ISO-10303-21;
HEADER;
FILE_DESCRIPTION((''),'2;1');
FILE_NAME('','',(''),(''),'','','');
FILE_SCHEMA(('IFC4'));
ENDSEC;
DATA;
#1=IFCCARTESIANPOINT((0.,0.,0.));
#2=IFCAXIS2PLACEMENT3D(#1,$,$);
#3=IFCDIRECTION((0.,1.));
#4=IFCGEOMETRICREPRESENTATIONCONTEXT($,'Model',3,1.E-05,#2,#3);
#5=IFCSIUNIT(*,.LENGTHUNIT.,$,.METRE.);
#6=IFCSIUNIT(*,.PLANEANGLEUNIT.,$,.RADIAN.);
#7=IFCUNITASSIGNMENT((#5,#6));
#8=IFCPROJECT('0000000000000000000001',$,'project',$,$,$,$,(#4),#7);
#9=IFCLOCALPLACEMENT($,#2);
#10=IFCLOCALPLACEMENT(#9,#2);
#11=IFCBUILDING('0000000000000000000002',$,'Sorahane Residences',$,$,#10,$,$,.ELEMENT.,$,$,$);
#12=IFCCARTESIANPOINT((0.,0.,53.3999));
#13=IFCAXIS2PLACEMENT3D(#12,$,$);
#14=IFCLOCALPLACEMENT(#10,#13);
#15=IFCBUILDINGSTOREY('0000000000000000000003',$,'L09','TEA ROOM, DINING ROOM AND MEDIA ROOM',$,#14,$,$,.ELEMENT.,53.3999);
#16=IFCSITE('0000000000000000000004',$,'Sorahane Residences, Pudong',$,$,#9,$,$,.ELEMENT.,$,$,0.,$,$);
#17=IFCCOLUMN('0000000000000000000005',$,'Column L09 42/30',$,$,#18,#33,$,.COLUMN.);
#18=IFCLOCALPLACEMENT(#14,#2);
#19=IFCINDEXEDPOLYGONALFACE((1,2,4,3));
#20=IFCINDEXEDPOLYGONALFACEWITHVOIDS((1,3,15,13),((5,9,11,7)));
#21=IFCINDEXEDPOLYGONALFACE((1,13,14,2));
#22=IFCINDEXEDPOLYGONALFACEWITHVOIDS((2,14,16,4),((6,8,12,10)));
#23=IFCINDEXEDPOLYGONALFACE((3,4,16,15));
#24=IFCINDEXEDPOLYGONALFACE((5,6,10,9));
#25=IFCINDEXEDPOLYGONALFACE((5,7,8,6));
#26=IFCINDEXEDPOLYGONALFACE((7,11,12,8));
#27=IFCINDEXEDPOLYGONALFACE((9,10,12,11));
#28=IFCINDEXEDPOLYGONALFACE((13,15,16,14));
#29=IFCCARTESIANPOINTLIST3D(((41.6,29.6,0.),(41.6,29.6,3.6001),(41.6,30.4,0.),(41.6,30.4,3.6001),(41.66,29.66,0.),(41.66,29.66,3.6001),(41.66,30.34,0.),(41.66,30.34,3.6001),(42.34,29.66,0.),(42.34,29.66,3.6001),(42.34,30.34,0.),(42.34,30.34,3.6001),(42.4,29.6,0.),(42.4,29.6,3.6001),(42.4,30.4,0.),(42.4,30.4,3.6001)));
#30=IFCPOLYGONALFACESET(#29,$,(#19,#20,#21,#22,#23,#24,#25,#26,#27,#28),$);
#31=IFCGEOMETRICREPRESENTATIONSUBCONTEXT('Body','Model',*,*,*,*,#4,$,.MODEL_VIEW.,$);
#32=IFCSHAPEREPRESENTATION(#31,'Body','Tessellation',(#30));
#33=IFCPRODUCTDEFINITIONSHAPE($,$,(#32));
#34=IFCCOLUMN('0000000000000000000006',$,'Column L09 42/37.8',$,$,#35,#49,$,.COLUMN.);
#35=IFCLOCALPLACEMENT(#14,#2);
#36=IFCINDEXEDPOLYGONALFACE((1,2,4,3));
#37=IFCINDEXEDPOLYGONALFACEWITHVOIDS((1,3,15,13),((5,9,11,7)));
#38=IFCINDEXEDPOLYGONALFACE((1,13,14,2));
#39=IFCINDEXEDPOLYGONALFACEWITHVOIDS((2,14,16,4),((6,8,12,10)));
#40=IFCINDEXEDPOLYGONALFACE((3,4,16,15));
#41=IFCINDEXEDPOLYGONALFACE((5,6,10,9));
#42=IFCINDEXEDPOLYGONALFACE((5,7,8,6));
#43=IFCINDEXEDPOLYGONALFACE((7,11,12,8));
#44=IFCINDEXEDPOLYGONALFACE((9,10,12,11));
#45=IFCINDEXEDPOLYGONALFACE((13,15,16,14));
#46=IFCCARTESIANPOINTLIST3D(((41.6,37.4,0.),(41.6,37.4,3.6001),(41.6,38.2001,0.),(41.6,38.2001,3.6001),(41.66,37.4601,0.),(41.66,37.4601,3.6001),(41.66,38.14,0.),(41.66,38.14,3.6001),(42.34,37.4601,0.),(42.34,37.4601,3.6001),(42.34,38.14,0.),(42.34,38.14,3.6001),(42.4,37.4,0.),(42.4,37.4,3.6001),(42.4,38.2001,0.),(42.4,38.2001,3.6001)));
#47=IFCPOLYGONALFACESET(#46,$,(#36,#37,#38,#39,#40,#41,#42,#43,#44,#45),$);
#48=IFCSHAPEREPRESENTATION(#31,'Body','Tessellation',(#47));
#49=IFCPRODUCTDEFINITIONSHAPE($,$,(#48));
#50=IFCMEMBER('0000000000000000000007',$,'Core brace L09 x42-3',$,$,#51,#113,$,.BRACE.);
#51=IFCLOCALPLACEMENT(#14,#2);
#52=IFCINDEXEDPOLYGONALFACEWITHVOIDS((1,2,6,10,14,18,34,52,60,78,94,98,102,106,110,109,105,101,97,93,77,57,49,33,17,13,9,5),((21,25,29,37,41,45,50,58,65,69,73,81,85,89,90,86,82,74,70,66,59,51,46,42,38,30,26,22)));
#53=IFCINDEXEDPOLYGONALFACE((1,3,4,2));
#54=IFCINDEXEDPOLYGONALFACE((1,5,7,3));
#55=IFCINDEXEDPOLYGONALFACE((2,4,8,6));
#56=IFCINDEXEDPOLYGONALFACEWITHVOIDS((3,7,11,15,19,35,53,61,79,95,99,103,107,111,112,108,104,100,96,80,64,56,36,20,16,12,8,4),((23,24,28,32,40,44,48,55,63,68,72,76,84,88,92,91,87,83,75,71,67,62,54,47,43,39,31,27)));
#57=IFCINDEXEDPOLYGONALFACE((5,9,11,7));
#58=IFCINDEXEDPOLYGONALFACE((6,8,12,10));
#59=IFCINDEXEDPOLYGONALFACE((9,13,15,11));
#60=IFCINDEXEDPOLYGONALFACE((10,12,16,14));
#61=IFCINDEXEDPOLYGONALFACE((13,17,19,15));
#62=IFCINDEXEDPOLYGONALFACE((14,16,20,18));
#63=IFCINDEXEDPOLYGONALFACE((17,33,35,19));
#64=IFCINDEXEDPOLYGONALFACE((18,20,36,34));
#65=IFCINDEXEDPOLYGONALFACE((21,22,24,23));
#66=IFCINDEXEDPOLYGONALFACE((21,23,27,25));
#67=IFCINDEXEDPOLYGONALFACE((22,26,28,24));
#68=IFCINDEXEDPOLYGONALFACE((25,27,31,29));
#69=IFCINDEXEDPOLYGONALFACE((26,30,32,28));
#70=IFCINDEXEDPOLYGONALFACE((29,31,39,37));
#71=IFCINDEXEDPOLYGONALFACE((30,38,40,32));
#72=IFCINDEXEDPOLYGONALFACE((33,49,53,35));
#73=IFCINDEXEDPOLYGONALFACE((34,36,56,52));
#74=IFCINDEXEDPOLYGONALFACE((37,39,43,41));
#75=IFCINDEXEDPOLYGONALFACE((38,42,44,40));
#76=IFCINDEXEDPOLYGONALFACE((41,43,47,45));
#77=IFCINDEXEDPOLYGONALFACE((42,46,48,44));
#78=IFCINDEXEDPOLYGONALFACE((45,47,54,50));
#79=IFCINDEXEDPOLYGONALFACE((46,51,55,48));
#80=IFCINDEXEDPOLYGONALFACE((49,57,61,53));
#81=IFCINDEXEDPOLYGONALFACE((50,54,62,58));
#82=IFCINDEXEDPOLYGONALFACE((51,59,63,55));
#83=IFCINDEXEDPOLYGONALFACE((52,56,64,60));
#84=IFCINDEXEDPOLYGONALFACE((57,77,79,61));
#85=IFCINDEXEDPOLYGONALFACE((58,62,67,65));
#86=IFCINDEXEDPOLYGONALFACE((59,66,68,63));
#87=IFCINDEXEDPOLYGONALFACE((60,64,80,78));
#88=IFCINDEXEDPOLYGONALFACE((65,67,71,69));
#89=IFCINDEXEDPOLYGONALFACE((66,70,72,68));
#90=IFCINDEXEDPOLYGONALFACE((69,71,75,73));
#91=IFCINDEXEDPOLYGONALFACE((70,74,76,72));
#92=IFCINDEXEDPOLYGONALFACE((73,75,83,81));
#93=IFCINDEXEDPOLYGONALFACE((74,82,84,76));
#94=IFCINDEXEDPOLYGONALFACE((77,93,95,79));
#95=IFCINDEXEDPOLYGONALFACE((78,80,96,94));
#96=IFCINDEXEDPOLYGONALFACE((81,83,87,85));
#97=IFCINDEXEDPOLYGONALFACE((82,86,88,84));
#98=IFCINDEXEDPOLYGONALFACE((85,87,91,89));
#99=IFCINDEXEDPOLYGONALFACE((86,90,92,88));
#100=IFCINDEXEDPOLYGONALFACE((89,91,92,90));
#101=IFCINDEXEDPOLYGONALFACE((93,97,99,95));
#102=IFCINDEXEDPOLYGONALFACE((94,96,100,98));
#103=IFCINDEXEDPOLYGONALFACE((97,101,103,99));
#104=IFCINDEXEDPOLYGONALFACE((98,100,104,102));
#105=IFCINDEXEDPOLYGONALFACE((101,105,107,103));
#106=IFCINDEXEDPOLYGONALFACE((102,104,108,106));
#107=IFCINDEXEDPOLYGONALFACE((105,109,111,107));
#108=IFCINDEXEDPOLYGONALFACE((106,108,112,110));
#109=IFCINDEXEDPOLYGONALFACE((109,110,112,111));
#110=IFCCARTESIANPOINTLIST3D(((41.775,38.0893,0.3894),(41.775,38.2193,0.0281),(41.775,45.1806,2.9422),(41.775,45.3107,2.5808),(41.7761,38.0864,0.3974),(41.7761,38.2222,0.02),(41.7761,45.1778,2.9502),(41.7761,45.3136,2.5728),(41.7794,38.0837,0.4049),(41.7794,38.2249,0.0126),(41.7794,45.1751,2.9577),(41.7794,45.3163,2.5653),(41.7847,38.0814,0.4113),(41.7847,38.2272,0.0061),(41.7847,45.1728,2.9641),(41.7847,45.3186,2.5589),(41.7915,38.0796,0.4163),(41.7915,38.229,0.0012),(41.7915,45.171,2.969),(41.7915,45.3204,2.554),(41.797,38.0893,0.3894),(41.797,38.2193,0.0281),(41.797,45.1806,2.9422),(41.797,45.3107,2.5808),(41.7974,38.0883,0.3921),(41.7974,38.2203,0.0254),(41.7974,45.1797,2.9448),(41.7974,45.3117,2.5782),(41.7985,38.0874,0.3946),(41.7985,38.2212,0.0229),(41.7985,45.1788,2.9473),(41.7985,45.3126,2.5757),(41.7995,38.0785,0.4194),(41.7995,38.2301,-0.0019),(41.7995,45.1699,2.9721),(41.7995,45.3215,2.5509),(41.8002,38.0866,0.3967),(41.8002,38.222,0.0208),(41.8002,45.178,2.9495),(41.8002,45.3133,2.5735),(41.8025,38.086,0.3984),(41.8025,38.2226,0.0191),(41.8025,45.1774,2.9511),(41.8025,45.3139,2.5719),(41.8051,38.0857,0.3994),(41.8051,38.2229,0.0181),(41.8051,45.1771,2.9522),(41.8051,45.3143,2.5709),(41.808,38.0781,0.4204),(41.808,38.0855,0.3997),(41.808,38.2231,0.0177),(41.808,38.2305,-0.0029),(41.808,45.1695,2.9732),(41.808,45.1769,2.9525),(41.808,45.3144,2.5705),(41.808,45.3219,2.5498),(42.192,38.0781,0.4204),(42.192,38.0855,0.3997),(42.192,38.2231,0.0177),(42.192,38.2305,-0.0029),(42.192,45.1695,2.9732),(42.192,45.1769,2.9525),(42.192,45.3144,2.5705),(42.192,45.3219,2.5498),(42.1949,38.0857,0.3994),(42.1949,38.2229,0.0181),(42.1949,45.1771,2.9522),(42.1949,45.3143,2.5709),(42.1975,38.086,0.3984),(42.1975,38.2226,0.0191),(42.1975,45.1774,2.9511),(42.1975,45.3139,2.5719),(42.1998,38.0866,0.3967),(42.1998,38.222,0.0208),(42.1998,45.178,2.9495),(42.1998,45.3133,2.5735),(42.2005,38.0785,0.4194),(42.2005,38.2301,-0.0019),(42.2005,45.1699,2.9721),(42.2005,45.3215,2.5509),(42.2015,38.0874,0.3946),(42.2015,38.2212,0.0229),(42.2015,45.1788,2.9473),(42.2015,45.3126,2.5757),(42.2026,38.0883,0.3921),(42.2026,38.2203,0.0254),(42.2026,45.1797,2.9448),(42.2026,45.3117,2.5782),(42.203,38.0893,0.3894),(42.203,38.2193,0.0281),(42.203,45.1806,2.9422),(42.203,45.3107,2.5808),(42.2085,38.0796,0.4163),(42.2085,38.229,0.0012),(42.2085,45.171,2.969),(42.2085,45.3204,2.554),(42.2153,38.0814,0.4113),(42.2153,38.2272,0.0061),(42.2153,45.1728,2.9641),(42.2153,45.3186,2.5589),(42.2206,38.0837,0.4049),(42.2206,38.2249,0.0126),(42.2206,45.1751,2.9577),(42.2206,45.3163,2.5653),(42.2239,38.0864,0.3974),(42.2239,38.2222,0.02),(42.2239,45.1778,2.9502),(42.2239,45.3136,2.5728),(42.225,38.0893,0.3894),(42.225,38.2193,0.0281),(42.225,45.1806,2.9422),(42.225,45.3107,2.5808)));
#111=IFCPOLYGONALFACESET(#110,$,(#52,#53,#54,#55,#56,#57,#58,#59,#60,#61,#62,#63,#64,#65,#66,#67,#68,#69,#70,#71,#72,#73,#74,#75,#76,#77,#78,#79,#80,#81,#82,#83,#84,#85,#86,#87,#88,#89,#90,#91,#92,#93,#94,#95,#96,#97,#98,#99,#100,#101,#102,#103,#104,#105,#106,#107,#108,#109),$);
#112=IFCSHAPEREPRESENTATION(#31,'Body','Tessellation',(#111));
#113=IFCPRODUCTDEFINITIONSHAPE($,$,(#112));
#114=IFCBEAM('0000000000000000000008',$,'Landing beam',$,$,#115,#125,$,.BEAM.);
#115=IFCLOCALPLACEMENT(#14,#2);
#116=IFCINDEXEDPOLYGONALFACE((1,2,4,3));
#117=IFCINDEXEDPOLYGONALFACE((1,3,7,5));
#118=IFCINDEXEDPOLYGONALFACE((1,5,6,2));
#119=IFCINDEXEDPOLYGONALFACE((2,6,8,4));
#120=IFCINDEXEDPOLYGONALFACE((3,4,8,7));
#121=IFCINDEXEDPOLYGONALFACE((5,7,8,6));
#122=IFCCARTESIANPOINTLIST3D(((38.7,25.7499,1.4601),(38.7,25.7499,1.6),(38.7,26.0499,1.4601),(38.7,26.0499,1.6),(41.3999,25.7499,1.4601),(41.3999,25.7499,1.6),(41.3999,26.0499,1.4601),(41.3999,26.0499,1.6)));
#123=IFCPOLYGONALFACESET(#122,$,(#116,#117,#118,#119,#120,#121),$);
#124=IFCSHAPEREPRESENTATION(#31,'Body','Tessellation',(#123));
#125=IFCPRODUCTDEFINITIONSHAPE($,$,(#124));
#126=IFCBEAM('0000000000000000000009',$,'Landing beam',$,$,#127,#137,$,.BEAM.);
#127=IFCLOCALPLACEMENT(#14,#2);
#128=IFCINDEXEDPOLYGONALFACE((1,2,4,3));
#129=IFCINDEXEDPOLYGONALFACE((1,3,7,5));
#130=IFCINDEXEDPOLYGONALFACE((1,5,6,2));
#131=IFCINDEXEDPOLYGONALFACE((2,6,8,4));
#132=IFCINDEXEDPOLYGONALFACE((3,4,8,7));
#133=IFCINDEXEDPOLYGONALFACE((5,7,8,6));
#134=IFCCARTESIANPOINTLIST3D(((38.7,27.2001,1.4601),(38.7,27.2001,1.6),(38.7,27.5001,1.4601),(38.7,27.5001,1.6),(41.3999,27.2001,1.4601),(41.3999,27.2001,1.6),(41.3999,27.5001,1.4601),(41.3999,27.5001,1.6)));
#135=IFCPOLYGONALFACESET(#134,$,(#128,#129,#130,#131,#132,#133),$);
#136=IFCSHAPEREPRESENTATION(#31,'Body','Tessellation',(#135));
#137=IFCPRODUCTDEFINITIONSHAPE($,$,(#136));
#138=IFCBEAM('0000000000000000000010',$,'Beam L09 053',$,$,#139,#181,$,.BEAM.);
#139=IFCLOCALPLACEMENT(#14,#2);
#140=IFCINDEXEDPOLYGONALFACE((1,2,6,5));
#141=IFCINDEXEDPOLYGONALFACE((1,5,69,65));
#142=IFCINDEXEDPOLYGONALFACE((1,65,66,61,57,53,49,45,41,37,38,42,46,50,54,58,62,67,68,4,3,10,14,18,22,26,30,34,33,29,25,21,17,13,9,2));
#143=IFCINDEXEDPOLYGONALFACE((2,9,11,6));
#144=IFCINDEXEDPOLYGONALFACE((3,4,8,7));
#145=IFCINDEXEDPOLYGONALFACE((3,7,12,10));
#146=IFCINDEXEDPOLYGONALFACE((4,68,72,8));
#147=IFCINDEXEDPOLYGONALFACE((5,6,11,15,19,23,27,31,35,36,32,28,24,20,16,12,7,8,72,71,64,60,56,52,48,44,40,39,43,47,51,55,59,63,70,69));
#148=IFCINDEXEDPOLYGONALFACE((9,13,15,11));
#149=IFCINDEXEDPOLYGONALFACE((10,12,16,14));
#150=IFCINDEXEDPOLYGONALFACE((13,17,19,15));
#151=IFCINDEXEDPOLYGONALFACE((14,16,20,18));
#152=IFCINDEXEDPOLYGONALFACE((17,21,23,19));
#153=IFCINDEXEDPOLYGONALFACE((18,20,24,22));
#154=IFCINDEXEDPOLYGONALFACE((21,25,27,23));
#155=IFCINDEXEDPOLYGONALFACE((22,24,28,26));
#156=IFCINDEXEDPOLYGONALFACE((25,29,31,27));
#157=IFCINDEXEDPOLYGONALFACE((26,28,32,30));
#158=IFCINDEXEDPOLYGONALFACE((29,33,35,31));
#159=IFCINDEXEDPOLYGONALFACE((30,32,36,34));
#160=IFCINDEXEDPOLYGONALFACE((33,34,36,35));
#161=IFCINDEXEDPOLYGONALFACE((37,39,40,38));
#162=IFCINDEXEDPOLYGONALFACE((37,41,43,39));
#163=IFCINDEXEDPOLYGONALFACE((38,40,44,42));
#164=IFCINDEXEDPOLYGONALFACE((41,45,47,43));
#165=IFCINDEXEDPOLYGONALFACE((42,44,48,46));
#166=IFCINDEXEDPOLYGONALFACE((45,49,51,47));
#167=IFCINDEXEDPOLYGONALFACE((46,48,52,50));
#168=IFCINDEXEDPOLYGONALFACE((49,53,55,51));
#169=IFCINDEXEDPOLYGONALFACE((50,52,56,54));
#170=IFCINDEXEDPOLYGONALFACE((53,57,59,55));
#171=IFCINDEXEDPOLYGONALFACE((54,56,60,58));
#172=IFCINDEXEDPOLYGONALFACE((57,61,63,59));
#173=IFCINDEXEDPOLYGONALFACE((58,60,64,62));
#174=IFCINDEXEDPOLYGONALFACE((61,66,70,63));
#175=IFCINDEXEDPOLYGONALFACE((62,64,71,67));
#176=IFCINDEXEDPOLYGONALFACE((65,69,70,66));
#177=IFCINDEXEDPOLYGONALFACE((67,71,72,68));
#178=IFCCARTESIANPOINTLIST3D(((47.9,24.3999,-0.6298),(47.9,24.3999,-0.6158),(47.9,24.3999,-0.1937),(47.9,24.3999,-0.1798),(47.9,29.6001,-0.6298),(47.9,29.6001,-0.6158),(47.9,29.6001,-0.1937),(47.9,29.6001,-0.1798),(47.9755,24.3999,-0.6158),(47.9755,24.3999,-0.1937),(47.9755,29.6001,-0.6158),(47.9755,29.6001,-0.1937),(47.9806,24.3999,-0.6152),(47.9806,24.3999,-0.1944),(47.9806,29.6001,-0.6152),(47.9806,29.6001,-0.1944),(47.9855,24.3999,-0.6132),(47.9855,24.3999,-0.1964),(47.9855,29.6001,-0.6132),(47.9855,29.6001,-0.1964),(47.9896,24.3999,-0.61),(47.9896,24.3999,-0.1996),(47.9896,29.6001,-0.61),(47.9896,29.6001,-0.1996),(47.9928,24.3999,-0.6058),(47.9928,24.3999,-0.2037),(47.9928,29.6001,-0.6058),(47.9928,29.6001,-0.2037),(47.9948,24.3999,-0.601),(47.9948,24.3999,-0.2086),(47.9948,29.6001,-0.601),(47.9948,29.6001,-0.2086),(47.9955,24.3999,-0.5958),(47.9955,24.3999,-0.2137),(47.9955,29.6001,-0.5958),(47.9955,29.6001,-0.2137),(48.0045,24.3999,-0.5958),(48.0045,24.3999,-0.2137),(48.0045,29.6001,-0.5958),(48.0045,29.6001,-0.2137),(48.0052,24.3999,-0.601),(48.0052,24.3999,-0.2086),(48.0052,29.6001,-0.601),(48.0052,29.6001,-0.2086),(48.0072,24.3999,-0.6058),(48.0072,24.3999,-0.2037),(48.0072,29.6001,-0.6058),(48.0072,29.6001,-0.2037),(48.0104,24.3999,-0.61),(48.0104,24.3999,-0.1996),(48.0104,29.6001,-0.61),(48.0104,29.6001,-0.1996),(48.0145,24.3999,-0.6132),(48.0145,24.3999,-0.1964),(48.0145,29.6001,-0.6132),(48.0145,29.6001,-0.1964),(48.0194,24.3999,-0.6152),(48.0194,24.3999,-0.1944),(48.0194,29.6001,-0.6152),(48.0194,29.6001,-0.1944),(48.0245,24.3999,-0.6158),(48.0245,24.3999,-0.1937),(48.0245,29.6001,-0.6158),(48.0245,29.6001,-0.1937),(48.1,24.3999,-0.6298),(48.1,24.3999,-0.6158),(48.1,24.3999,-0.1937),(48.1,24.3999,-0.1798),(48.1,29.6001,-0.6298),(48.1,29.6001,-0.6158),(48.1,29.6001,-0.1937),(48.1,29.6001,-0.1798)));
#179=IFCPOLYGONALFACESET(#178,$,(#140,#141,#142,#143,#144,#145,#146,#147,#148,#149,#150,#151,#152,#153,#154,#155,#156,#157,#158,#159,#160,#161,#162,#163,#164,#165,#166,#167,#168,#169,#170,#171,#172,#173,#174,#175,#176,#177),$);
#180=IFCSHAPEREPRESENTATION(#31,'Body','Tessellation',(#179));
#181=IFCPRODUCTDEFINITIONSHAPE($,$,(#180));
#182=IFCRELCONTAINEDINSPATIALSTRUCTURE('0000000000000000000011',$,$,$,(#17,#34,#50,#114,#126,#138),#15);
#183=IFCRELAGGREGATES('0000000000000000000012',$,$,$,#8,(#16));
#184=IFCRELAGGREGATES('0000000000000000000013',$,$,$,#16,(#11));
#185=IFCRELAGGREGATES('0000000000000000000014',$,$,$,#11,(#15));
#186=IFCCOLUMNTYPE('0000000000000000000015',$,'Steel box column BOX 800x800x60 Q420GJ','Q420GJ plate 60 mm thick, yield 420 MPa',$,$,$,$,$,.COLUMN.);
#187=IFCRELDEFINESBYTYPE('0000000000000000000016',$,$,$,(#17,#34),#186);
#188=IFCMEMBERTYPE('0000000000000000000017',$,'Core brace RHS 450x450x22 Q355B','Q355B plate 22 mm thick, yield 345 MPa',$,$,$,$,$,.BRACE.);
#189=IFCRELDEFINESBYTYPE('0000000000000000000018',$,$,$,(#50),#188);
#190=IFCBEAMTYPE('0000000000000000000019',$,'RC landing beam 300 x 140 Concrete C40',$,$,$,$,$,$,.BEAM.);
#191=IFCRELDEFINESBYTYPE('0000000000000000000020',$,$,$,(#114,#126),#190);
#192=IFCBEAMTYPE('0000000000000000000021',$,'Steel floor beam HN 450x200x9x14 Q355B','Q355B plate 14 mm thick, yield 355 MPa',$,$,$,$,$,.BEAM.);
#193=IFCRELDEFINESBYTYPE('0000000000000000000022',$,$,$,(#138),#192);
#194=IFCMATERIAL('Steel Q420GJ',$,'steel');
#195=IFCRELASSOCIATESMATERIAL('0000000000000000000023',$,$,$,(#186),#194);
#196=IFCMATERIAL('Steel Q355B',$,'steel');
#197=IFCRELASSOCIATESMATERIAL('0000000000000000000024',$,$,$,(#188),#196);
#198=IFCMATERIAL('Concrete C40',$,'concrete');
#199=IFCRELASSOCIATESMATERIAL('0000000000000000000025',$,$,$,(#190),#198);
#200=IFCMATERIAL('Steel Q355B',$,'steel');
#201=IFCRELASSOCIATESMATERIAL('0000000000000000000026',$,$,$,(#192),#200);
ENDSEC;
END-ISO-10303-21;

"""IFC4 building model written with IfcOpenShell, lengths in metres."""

from ifc_helpers import new_model, si_unit, direction, frame, origin, origin_2d, place, context, subcontext, project, spatial, rectangle, hollow_rectangle, i_section, extrude, material, material_profile, profile_set, type_object, element, save


model = new_model("IFC4")

# Units and contexts
model_context = context("Model", 3, precision=1e-05, world=origin(), true_north=direction((0.0, 1.0)))
body_context = subcontext(model_context, "Body", "Model", "MODEL_VIEW")
ifc_project = project(units=[si_unit("LENGTHUNIT", "METRE"), si_unit("PLANEANGLEUNIT", "RADIAN")], contexts=[model_context])

# Site, building, storey
site_placement = place(None, origin())
site = spatial("IfcSite", under=ifc_project, at=site_placement, Name="Sorahane Residences, Pudong", CompositionType="ELEMENT", RefElevation=0.0)
building_placement = place(site_placement, origin())
building = spatial("IfcBuilding", under=site, at=building_placement, Name="Sorahane Residences", CompositionType="ELEMENT")
storey_placement = place(building_placement, frame((0.0, 0.0, 53.3999)))
storey = spatial("IfcBuildingStorey", under=building, at=storey_placement, Name="L09", Description="TEA ROOM, DINING ROOM AND MEDIA ROOM", CompositionType="ELEMENT", Elevation=53.3999)

# Columns
ifc_material_1 = material(Name="Steel Q420GJ", Category="steel")
ifc_material_profile_1 = material_profile(ifc_material_1, hollow_rectangle(XDim=0.8, YDim=0.8, WallThickness=0.0601, at=origin_2d()), Name="BOX 800x800x60")
ifc_profile_set_1 = profile_set([ifc_material_profile_1], Name="Steel Q420GJ")
column_type = type_object("IfcColumnType", Name="Steel box column BOX 800x800x60 Q420GJ", Description="Q420GJ plate 60 mm thick, yield 420 MPa", PredefinedType="COLUMN", material=ifc_profile_set_1)
for number, where, z_axis, x_axis, name in (
    (1, (42.0, 30.0, 0.0), (0.0, 0.0, 1.0), (1.0, 0.0, 0.0), "Column L09 42/30"),
    (2, (42.0, 37.8, 0.0), (0.0, 0.0, 1.0), (1.0, 0.0, 0.0), "Column L09 42/37.8"),
):
    element("IfcColumn", number, at=place(storey_placement, frame(where, z_axis=z_axis, x_axis=x_axis)), inside=storey, type_object=column_type, Name=name, PredefinedType="COLUMN", context=body_context, shape_type="SweptSolid", body=[
        extrude(hollow_rectangle(XDim=0.8, YDim=0.8, WallThickness=0.0601, at=origin_2d()), origin(), (0.0, 0.0, 1.0), 3.6001),
    ])

# Member
ifc_material_2 = material(Name="Steel Q355B", Category="steel")
ifc_material_profile_2 = material_profile(ifc_material_2, hollow_rectangle(XDim=0.45, YDim=0.45, WallThickness=0.022, InnerFilletRadius=0.011, OuterFilletRadius=0.033, at=origin_2d()), Name="RHS 450x450x22")
ifc_profile_set_2 = profile_set([ifc_material_profile_2], Name="Steel Q355B")
member_type = type_object("IfcMemberType", Name="Core brace RHS 450x450x22 Q355B", Description="Q355B plate 22 mm thick, yield 345 MPa", PredefinedType="BRACE", material=ifc_profile_set_2)
member_placement = place(storey_placement, frame((42.0, 38.1543, 0.2087), z_axis=(0.0, 0.940893, 0.338703), x_axis=(-1.0, 0.0, 0.0)))
element("IfcMember", 3, at=member_placement, inside=storey, type_object=member_type, Name="Core brace L09 x42-3", PredefinedType="BRACE", context=body_context, shape_type="SweptSolid", body=[
    extrude(hollow_rectangle(XDim=0.45, YDim=0.45, WallThickness=0.022, InnerFilletRadius=0.011, OuterFilletRadius=0.033, at=origin_2d()), origin(), (0.0, 0.0, 1.0), 7.5369),
])

# Beams
ifc_material_3 = material(Name="Concrete C40", Category="concrete")
ifc_material_profile_3 = material_profile(ifc_material_3, rectangle(XDim=0.3, YDim=0.1399, at=origin_2d()), Name="300x140")
ifc_profile_set_3 = profile_set([ifc_material_profile_3], Name="Concrete C40")
beam_type_1 = type_object("IfcBeamType", Name="RC landing beam 300 x 140 Concrete C40", PredefinedType="BEAM", material=ifc_profile_set_3)
for number, where, z_axis, x_axis, name in (
    (4, (38.7, 25.8999, 1.53), (1.0, 0.0, 0.0), (0.0, 1.0, 0.0), "Landing beam"),
    (5, (38.7, 27.3501, 1.53), (1.0, 0.0, 0.0), (0.0, 1.0, 0.0), "Landing beam"),
):
    element("IfcBeam", number, at=place(storey_placement, frame(where, z_axis=z_axis, x_axis=x_axis)), inside=storey, type_object=beam_type_1, Name=name, PredefinedType="BEAM", context=body_context, shape_type="SweptSolid", body=[
        extrude(rectangle(XDim=0.3, YDim=0.1399, at=origin_2d()), origin(), (0.0, 0.0, 1.0), 2.7),
    ])
ifc_material_4 = material(Name="Steel Q355B", Category="steel")
ifc_material_profile_4 = material_profile(ifc_material_4, i_section(OverallWidth=0.2, OverallDepth=0.45, WebThickness=0.009, FlangeThickness=0.0139, FilletRadius=0.02, at=origin_2d()), Name="HN 450x200x9x14")
ifc_profile_set_4 = profile_set([ifc_material_profile_4], Name="Steel Q355B")
beam_type_2 = type_object("IfcBeamType", Name="Steel floor beam HN 450x200x9x14 Q355B", Description="Q355B plate 14 mm thick, yield 355 MPa", PredefinedType="BEAM", material=ifc_profile_set_4)
for number, where, z_axis, x_axis, name in (
    (6, (48.0, 24.3999, -0.4048), (0.0, 1.0, 0.0), (-1.0, 0.0, 0.0), "Beam L09 053"),
):
    element("IfcBeam", number, at=place(storey_placement, frame(where, z_axis=z_axis, x_axis=x_axis)), inside=storey, type_object=beam_type_2, Name=name, PredefinedType="BEAM", context=body_context, shape_type="SweptSolid", body=[
        extrude(i_section(OverallWidth=0.2, OverallDepth=0.45, WebThickness=0.009, FlangeThickness=0.0139, FilletRadius=0.02, at=origin_2d()), origin(), (0.0, 0.0, 1.0), 5.2002),
    ])

save(model, "model.ifc")
